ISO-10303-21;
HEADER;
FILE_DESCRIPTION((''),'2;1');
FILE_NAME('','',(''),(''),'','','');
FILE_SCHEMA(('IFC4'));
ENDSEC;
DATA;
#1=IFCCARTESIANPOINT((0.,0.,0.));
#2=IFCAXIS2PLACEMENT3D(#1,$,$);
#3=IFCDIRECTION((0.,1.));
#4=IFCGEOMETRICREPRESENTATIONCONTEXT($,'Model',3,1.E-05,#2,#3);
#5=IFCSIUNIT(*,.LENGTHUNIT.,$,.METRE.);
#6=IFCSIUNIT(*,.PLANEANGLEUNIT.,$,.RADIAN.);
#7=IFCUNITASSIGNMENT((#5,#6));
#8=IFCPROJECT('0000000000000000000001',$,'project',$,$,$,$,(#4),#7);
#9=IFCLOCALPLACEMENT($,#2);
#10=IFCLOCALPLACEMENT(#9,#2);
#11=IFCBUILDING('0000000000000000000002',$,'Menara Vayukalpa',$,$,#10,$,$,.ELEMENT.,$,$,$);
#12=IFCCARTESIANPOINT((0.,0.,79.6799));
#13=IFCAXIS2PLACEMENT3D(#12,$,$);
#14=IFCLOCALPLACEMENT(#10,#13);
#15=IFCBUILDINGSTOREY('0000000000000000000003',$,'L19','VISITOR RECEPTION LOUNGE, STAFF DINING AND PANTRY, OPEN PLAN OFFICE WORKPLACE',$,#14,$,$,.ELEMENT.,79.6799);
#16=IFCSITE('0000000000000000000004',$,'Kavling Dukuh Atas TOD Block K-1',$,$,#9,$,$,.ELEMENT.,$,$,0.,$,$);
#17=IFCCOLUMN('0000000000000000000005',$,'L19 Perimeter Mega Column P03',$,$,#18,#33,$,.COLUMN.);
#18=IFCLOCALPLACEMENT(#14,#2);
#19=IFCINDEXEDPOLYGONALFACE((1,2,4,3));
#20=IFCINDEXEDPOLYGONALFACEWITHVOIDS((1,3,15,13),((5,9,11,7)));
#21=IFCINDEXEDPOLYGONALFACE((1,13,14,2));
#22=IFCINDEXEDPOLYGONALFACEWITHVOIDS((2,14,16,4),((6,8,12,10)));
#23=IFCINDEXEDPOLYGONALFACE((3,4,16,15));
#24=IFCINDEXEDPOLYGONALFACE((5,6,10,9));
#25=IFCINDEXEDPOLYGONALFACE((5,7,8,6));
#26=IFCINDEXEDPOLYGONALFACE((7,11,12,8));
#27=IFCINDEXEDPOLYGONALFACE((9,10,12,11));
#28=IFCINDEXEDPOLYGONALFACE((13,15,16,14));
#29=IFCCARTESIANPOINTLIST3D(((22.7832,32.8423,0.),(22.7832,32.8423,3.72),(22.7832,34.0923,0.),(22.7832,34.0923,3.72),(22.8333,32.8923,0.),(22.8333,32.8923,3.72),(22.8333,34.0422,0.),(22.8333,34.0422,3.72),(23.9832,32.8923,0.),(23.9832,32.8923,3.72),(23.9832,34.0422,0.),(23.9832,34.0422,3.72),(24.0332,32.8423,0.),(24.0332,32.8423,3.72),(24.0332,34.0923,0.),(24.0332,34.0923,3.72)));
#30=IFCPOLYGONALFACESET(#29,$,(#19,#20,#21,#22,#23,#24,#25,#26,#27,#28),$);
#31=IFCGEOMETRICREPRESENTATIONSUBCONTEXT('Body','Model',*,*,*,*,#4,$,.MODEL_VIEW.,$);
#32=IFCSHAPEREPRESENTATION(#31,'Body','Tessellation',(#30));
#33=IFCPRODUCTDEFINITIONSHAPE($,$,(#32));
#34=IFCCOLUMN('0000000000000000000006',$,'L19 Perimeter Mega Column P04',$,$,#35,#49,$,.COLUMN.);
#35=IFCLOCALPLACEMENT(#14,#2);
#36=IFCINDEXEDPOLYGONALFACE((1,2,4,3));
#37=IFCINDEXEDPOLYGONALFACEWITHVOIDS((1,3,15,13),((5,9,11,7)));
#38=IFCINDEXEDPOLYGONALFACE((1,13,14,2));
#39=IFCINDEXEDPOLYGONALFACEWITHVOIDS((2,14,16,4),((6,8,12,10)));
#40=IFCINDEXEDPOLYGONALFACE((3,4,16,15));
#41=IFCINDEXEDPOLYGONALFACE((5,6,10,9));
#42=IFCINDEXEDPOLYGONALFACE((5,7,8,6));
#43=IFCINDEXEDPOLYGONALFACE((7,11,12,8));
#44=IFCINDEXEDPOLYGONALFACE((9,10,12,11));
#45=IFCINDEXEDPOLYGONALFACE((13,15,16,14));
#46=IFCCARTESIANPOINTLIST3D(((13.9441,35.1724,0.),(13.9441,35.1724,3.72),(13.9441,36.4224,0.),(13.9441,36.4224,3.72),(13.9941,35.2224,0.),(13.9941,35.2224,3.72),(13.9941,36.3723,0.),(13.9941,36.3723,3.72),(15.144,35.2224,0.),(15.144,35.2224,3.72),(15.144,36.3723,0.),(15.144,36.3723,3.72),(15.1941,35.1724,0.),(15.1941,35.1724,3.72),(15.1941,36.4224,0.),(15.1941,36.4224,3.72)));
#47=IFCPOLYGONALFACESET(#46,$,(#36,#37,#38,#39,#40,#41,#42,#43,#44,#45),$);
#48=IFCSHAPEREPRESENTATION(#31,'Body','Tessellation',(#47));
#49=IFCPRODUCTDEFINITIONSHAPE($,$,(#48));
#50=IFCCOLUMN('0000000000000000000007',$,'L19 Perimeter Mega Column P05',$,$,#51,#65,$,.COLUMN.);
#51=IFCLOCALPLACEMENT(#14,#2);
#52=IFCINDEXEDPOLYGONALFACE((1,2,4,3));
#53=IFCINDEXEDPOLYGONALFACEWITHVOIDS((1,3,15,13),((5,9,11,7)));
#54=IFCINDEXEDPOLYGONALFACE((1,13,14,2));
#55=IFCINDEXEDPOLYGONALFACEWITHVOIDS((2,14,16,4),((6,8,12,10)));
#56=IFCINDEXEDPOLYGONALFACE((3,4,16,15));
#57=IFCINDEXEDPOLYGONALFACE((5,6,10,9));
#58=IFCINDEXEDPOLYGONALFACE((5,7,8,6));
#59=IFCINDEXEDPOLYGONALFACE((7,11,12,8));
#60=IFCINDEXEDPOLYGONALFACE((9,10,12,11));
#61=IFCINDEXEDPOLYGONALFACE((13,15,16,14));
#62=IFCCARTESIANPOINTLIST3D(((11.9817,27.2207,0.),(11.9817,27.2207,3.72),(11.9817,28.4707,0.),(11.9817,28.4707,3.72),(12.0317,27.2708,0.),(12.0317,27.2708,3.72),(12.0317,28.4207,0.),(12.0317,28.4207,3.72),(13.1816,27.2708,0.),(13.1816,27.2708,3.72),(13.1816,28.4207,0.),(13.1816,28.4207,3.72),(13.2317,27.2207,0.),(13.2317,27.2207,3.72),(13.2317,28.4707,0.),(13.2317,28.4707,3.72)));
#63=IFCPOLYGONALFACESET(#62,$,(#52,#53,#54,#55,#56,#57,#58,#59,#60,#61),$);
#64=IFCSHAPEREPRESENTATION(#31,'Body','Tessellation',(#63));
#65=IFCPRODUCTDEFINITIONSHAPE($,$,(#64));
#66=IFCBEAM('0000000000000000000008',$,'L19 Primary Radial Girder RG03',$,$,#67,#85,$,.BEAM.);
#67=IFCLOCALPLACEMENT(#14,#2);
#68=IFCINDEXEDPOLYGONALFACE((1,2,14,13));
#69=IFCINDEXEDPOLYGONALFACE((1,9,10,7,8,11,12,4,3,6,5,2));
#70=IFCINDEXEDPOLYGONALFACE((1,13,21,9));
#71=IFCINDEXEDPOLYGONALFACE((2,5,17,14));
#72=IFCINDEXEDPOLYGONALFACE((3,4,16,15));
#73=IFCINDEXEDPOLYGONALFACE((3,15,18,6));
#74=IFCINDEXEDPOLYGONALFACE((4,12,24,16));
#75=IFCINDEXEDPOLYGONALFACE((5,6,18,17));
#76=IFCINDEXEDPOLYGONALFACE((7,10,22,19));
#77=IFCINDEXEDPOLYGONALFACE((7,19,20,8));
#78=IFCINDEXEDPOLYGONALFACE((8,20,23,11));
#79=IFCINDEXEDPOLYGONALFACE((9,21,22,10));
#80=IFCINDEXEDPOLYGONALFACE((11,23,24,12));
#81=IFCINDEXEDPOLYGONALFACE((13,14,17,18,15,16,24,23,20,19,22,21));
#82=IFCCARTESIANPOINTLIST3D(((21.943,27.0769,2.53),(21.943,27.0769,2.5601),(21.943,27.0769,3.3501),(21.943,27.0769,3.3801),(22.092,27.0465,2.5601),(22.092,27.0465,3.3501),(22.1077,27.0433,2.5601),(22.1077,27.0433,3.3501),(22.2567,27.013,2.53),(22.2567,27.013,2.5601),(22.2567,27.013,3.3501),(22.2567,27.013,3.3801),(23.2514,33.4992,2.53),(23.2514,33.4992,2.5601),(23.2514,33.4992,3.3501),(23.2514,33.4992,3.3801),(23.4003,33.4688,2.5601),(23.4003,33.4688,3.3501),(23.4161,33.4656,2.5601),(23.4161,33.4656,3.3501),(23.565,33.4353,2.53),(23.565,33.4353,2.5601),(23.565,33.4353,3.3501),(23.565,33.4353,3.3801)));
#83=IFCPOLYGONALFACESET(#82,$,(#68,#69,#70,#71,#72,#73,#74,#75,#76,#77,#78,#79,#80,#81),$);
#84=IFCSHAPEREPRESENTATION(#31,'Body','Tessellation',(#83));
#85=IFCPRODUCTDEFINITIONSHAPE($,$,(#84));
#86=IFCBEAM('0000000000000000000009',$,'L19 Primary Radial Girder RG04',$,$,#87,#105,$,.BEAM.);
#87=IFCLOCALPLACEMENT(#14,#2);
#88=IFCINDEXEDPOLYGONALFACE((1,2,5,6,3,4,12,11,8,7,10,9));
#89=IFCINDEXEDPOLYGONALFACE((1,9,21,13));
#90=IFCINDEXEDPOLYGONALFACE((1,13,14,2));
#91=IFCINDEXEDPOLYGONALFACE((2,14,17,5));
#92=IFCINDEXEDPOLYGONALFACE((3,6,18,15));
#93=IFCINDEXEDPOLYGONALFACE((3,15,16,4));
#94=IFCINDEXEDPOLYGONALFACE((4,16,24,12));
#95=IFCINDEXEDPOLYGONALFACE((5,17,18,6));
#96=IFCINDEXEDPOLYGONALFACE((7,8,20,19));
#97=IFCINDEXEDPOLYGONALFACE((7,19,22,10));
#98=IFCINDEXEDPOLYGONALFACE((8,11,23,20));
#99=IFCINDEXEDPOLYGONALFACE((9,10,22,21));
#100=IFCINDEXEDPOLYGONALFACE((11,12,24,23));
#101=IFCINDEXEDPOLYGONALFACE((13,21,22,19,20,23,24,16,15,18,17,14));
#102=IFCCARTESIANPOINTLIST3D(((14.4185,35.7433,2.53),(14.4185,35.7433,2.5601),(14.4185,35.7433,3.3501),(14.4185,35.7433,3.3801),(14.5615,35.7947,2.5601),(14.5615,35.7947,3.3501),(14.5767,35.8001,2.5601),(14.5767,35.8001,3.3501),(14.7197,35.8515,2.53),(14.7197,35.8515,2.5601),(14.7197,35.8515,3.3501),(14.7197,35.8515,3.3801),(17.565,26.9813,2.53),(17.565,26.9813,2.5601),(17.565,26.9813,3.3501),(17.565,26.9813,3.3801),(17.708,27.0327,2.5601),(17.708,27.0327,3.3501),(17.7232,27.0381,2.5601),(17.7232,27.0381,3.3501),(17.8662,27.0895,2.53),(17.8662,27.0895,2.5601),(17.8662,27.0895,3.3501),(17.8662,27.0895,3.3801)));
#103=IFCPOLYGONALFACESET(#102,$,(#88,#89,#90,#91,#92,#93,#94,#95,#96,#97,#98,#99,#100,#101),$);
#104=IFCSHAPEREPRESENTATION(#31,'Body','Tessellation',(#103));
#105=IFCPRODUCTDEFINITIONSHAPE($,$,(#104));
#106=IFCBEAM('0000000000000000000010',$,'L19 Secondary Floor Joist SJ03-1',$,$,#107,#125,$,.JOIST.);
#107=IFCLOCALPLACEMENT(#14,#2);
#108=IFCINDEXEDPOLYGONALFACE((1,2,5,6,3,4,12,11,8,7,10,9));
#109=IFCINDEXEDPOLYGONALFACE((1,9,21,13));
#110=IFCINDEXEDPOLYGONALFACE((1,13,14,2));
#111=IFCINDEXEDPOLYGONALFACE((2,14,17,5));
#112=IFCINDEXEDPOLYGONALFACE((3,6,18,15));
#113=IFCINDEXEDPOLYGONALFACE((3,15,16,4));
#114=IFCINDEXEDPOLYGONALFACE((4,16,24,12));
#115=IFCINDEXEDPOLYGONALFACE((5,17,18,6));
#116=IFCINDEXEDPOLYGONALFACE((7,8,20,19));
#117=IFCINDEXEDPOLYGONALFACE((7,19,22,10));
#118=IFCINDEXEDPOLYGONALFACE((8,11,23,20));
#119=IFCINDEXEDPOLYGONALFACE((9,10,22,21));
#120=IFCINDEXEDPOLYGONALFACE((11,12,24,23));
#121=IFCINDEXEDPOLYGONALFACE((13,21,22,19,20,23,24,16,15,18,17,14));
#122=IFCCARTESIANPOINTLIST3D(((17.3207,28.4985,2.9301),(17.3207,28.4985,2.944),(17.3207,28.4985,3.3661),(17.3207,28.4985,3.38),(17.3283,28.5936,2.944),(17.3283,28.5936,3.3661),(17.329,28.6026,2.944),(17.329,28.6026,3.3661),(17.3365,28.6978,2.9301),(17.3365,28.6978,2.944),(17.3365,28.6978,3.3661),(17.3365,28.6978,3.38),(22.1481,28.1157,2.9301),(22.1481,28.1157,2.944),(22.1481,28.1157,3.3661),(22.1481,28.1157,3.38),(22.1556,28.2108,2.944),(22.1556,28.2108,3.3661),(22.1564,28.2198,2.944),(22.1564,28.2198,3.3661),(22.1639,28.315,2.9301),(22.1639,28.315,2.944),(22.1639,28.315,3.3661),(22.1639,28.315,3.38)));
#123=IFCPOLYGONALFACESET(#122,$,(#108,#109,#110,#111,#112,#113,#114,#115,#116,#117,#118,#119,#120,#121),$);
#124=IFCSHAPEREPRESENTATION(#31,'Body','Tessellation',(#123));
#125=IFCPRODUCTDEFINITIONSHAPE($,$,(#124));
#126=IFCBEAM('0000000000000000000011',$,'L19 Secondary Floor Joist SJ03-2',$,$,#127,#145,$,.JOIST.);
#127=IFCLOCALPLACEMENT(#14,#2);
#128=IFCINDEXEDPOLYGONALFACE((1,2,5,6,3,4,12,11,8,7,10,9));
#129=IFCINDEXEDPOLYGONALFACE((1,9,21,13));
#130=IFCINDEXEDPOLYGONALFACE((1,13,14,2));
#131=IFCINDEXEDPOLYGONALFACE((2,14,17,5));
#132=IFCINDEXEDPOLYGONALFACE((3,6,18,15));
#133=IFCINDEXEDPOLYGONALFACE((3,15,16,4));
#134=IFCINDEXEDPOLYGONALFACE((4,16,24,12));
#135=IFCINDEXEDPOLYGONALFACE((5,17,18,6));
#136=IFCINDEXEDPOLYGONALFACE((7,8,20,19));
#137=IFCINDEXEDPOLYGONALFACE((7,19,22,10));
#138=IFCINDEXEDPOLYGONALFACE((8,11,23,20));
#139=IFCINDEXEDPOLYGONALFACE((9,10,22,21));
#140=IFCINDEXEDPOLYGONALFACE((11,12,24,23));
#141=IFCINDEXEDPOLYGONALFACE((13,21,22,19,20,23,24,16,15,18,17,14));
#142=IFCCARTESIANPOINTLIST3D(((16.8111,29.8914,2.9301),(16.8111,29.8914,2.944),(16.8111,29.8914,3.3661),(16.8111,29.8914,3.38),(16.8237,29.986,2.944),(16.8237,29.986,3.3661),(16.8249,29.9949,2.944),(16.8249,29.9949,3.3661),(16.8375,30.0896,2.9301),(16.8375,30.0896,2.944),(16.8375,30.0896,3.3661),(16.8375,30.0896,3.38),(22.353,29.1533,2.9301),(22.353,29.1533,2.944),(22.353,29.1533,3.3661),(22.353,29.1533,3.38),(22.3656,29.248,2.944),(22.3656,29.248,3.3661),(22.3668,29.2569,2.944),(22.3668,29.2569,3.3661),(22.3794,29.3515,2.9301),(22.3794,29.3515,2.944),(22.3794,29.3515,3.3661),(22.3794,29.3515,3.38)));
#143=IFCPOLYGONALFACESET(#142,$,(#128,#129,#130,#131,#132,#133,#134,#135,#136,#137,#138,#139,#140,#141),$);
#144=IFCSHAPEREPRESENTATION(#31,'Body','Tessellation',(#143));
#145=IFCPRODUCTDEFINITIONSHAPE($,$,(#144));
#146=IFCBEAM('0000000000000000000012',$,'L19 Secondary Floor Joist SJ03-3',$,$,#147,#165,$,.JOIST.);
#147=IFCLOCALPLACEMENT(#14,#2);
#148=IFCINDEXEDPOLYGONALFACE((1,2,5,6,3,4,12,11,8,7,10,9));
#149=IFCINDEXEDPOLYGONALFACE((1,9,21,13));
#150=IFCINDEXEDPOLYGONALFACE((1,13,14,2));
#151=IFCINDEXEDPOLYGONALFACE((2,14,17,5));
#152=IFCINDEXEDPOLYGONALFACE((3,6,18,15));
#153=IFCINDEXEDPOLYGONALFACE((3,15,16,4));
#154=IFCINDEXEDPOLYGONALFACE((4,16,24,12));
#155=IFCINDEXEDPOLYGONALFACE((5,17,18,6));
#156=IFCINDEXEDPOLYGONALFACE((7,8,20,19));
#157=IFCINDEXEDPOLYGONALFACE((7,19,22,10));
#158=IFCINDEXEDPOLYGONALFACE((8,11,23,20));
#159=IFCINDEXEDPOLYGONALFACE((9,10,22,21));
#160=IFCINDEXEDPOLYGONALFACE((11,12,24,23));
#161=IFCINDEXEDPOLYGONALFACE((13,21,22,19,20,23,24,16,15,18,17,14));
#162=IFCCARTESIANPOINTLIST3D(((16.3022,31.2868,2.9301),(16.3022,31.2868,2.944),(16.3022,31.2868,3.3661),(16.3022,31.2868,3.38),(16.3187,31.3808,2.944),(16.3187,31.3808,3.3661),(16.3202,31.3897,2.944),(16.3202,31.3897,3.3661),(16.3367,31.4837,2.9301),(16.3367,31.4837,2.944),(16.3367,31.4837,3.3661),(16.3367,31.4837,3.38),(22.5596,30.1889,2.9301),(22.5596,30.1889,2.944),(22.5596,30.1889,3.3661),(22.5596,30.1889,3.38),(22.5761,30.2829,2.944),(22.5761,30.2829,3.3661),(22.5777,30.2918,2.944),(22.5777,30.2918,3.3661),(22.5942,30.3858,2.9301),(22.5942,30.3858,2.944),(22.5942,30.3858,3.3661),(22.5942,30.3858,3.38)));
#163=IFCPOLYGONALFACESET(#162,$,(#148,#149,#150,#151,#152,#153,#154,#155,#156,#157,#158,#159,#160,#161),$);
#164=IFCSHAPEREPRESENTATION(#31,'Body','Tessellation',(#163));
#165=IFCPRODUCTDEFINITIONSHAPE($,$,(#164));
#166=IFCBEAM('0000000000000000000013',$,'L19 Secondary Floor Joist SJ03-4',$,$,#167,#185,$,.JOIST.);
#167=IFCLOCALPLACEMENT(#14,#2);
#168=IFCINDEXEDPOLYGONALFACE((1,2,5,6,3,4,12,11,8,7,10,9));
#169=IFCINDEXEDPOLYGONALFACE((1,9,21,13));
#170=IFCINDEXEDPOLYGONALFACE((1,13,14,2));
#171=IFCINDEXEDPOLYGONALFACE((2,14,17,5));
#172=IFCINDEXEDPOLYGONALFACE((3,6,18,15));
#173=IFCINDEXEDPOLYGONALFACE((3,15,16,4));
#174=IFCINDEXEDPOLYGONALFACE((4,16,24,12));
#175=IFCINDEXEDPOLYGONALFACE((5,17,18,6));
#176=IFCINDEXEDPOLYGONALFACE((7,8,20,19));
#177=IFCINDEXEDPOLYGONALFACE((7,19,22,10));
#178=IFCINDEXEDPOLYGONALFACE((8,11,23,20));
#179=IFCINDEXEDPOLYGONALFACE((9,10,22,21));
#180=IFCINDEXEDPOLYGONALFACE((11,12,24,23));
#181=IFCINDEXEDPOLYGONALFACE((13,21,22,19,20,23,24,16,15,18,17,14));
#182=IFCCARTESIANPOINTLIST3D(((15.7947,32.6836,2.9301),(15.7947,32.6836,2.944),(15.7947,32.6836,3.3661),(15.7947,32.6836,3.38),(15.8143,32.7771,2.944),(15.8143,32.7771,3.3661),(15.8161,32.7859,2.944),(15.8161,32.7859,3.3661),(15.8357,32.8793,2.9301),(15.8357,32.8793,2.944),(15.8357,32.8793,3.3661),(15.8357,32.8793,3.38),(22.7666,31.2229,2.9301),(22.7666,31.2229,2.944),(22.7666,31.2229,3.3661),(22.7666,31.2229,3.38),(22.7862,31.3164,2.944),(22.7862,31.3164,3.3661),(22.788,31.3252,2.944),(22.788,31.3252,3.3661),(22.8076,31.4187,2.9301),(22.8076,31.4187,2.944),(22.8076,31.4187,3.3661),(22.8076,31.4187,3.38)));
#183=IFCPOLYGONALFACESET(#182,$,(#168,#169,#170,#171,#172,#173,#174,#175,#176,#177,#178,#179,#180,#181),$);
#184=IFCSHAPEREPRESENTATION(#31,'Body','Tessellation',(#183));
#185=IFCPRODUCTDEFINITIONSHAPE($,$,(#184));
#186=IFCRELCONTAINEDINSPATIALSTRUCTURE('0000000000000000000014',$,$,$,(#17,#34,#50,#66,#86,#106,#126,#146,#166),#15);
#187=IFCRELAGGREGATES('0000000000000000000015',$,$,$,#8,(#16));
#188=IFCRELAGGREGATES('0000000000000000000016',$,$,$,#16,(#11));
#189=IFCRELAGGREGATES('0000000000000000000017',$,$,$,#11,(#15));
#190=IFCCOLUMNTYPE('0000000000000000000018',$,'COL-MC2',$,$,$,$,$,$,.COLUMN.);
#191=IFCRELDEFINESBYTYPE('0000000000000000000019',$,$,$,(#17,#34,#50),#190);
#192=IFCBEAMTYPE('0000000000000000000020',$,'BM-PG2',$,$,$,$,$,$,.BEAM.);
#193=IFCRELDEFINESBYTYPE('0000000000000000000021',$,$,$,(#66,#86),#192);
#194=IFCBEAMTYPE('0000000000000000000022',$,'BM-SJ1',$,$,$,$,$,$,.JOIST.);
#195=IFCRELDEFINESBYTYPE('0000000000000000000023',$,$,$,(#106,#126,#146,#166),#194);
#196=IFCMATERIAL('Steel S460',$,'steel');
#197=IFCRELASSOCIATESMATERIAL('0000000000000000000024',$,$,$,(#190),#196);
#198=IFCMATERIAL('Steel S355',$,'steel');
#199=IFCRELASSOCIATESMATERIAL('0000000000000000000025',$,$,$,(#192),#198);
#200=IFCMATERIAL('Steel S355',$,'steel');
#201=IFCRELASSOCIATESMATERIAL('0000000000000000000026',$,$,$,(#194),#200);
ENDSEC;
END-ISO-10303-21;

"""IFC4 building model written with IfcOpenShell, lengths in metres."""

from ifc_helpers import new_model, si_unit, direction, frame, origin, origin_2d, place, context, subcontext, project, spatial, hollow_rectangle, i_section, extrude, material, material_profile, profile_set, type_object, element, save


model = new_model("IFC4")

# Units and contexts
model_context = context("Model", 3, precision=1e-05, world=origin(), true_north=direction((0.0, 1.0)))
body_context = subcontext(model_context, "Body", "Model", "MODEL_VIEW")
ifc_project = project(units=[si_unit("LENGTHUNIT", "METRE"), si_unit("PLANEANGLEUNIT", "RADIAN")], contexts=[model_context])

# Site, building, storey
site_placement = place(None, origin())
site = spatial("IfcSite", under=ifc_project, at=site_placement, Name="Kavling Dukuh Atas TOD Block K-1", CompositionType="ELEMENT", RefElevation=0.0)
building_placement = place(site_placement, origin())
building = spatial("IfcBuilding", under=site, at=building_placement, Name="Menara Vayukalpa", CompositionType="ELEMENT")
storey_placement = place(building_placement, frame((0.0, 0.0, 79.6799)))
storey = spatial("IfcBuildingStorey", under=building, at=storey_placement, Name="L19", Description="VISITOR RECEPTION LOUNGE, STAFF DINING AND PANTRY, OPEN PLAN OFFICE WORKPLACE", CompositionType="ELEMENT", Elevation=79.6799)

# Columns
ifc_material_1 = material(Name="Steel S460", Category="steel")
ifc_material_profile_1 = material_profile(ifc_material_1, hollow_rectangle(XDim=1.25, YDim=1.25, WallThickness=0.05, at=origin_2d()), Name="BOX 1250x1250x50")
ifc_profile_set_1 = profile_set([ifc_material_profile_1], Name="Steel S460")
column_type = type_object("IfcColumnType", Name="COL-MC2", PredefinedType="COLUMN", material=ifc_profile_set_1)
for number, where, z_axis, x_axis, name in (
    (1, (23.4082, 33.4673, 0.0), (0.0, 0.0, 1.0), (1.0, 0.0, 0.0), "L19 Perimeter Mega Column P03"),
    (2, (14.5691, 35.7974, 0.0), (0.0, 0.0, 1.0), (1.0, 0.0, 0.0), "L19 Perimeter Mega Column P04"),
    (3, (12.6067, 27.8457, 0.0), (0.0, 0.0, 1.0), (1.0, 0.0, 0.0), "L19 Perimeter Mega Column P05"),
):
    element("IfcColumn", number, at=place(storey_placement, frame(where, z_axis=z_axis, x_axis=x_axis)), inside=storey, type_object=column_type, Name=name, PredefinedType="COLUMN", context=body_context, shape_type="SweptSolid", body=[
        extrude(hollow_rectangle(XDim=1.25, YDim=1.25, WallThickness=0.05, at=origin_2d()), origin(), (0.0, 0.0, 1.0), 3.72),
    ])

# Beams
ifc_material_2 = material(Name="Steel S355", Category="steel")
ifc_material_profile_2 = material_profile(ifc_material_2, i_section(OverallWidth=0.3201, OverallDepth=0.8501, WebThickness=0.0161, FlangeThickness=0.03, at=origin_2d()), Name="WF 850x320x16x30")
ifc_profile_set_2 = profile_set([ifc_material_profile_2], Name="Steel S355")
beam_type_1 = type_object("IfcBeamType", Name="BM-PG2", PredefinedType="BEAM", material=ifc_profile_set_2)
beam_1_placement = place(storey_placement, frame((22.0999, 27.0449, 2.9551), z_axis=(0.199618, 0.979874, 0.0), x_axis=(-0.979874, 0.199618, 0.0)))
element("IfcBeam", 4, at=beam_1_placement, inside=storey, type_object=beam_type_1, Name="L19 Primary Radial Girder RG03", PredefinedType="BEAM", context=body_context, shape_type="SweptSolid", body=[
    extrude(i_section(OverallWidth=0.3201, OverallDepth=0.8501, WebThickness=0.0161, FlangeThickness=0.03, at=origin_2d()), origin(), (0.0, 0.0, 1.0), 6.5542),
])
beam_2_placement = place(storey_placement, frame((17.7156, 27.0354, 2.9551), z_axis=(-0.337976, 0.941155, 0.0), x_axis=(-0.941155, -0.337976, 0.0)))
element("IfcBeam", 5, at=beam_2_placement, inside=storey, type_object=beam_type_1, Name="L19 Primary Radial Girder RG04", PredefinedType="BEAM", context=body_context, shape_type="SweptSolid", body=[
    extrude(i_section(OverallWidth=0.3201, OverallDepth=0.8501, WebThickness=0.0161, FlangeThickness=0.03, at=origin_2d()), origin(), (0.0, 0.0, 1.0), 9.3098),
])
ifc_material_3 = material(Name="Steel S355", Category="steel")
ifc_material_profile_3 = material_profile(ifc_material_3, i_section(OverallWidth=0.2, OverallDepth=0.45, WebThickness=0.009, FlangeThickness=0.0139, at=origin_2d()), Name="WF 450x200x9x14")
ifc_profile_set_3 = profile_set([ifc_material_profile_3], Name="Steel S355")
beam_type_2 = type_object("IfcBeamType", Name="BM-SJ1", PredefinedType="JOIST", material=ifc_profile_set_3)
beam_3_placement = place(storey_placement, frame((22.156, 28.2153, 3.155), z_axis=(-0.996871, 0.079052, 0.0), x_axis=(-0.079052, -0.996871, 0.0)))
element("IfcBeam", 6, at=beam_3_placement, inside=storey, type_object=beam_type_2, Name="L19 Secondary Floor Joist SJ03-1", PredefinedType="JOIST", context=body_context, shape_type="SweptSolid", body=[
    extrude(i_section(OverallWidth=0.2, OverallDepth=0.45, WebThickness=0.009, FlangeThickness=0.0139, at=origin_2d()), origin(), (0.0, 0.0, 1.0), 4.8425),
])
beam_4_placement = place(storey_placement, frame((22.3662, 29.2524, 3.155), z_axis=(-0.991249, 0.132006, 0.0), x_axis=(-0.132006, -0.991249, 0.0)))
element("IfcBeam", 7, at=beam_4_placement, inside=storey, type_object=beam_type_2, Name="L19 Secondary Floor Joist SJ03-2", PredefinedType="JOIST", context=body_context, shape_type="SweptSolid", body=[
    extrude(i_section(OverallWidth=0.2, OverallDepth=0.45, WebThickness=0.009, FlangeThickness=0.0139, at=origin_2d()), origin(), (0.0, 0.0, 1.0), 5.5908),
])
beam_5_placement = place(storey_placement, frame((22.5769, 30.2874, 3.155), z_axis=(-0.984954, 0.172818, 0.0), x_axis=(-0.172818, -0.984954, 0.0)))
element("IfcBeam", 8, at=beam_5_placement, inside=storey, type_object=beam_type_2, Name="L19 Secondary Floor Joist SJ03-3", PredefinedType="JOIST", context=body_context, shape_type="SweptSolid", body=[
    extrude(i_section(OverallWidth=0.2, OverallDepth=0.45, WebThickness=0.009, FlangeThickness=0.0139, at=origin_2d()), origin(), (0.0, 0.0, 1.0), 6.353),
])
beam_6_placement = place(storey_placement, frame((22.7871, 31.3208, 3.155), z_axis=(-0.97875, 0.205059, 0.0), x_axis=(-0.205059, -0.97875, 0.0)))
element("IfcBeam", 9, at=beam_6_placement, inside=storey, type_object=beam_type_2, Name="L19 Secondary Floor Joist SJ03-4", PredefinedType="JOIST", context=body_context, shape_type="SweptSolid", body=[
    extrude(i_section(OverallWidth=0.2, OverallDepth=0.45, WebThickness=0.009, FlangeThickness=0.0139, at=origin_2d()), origin(), (0.0, 0.0, 1.0), 7.1233),
])

save(model, "model.ifc")
